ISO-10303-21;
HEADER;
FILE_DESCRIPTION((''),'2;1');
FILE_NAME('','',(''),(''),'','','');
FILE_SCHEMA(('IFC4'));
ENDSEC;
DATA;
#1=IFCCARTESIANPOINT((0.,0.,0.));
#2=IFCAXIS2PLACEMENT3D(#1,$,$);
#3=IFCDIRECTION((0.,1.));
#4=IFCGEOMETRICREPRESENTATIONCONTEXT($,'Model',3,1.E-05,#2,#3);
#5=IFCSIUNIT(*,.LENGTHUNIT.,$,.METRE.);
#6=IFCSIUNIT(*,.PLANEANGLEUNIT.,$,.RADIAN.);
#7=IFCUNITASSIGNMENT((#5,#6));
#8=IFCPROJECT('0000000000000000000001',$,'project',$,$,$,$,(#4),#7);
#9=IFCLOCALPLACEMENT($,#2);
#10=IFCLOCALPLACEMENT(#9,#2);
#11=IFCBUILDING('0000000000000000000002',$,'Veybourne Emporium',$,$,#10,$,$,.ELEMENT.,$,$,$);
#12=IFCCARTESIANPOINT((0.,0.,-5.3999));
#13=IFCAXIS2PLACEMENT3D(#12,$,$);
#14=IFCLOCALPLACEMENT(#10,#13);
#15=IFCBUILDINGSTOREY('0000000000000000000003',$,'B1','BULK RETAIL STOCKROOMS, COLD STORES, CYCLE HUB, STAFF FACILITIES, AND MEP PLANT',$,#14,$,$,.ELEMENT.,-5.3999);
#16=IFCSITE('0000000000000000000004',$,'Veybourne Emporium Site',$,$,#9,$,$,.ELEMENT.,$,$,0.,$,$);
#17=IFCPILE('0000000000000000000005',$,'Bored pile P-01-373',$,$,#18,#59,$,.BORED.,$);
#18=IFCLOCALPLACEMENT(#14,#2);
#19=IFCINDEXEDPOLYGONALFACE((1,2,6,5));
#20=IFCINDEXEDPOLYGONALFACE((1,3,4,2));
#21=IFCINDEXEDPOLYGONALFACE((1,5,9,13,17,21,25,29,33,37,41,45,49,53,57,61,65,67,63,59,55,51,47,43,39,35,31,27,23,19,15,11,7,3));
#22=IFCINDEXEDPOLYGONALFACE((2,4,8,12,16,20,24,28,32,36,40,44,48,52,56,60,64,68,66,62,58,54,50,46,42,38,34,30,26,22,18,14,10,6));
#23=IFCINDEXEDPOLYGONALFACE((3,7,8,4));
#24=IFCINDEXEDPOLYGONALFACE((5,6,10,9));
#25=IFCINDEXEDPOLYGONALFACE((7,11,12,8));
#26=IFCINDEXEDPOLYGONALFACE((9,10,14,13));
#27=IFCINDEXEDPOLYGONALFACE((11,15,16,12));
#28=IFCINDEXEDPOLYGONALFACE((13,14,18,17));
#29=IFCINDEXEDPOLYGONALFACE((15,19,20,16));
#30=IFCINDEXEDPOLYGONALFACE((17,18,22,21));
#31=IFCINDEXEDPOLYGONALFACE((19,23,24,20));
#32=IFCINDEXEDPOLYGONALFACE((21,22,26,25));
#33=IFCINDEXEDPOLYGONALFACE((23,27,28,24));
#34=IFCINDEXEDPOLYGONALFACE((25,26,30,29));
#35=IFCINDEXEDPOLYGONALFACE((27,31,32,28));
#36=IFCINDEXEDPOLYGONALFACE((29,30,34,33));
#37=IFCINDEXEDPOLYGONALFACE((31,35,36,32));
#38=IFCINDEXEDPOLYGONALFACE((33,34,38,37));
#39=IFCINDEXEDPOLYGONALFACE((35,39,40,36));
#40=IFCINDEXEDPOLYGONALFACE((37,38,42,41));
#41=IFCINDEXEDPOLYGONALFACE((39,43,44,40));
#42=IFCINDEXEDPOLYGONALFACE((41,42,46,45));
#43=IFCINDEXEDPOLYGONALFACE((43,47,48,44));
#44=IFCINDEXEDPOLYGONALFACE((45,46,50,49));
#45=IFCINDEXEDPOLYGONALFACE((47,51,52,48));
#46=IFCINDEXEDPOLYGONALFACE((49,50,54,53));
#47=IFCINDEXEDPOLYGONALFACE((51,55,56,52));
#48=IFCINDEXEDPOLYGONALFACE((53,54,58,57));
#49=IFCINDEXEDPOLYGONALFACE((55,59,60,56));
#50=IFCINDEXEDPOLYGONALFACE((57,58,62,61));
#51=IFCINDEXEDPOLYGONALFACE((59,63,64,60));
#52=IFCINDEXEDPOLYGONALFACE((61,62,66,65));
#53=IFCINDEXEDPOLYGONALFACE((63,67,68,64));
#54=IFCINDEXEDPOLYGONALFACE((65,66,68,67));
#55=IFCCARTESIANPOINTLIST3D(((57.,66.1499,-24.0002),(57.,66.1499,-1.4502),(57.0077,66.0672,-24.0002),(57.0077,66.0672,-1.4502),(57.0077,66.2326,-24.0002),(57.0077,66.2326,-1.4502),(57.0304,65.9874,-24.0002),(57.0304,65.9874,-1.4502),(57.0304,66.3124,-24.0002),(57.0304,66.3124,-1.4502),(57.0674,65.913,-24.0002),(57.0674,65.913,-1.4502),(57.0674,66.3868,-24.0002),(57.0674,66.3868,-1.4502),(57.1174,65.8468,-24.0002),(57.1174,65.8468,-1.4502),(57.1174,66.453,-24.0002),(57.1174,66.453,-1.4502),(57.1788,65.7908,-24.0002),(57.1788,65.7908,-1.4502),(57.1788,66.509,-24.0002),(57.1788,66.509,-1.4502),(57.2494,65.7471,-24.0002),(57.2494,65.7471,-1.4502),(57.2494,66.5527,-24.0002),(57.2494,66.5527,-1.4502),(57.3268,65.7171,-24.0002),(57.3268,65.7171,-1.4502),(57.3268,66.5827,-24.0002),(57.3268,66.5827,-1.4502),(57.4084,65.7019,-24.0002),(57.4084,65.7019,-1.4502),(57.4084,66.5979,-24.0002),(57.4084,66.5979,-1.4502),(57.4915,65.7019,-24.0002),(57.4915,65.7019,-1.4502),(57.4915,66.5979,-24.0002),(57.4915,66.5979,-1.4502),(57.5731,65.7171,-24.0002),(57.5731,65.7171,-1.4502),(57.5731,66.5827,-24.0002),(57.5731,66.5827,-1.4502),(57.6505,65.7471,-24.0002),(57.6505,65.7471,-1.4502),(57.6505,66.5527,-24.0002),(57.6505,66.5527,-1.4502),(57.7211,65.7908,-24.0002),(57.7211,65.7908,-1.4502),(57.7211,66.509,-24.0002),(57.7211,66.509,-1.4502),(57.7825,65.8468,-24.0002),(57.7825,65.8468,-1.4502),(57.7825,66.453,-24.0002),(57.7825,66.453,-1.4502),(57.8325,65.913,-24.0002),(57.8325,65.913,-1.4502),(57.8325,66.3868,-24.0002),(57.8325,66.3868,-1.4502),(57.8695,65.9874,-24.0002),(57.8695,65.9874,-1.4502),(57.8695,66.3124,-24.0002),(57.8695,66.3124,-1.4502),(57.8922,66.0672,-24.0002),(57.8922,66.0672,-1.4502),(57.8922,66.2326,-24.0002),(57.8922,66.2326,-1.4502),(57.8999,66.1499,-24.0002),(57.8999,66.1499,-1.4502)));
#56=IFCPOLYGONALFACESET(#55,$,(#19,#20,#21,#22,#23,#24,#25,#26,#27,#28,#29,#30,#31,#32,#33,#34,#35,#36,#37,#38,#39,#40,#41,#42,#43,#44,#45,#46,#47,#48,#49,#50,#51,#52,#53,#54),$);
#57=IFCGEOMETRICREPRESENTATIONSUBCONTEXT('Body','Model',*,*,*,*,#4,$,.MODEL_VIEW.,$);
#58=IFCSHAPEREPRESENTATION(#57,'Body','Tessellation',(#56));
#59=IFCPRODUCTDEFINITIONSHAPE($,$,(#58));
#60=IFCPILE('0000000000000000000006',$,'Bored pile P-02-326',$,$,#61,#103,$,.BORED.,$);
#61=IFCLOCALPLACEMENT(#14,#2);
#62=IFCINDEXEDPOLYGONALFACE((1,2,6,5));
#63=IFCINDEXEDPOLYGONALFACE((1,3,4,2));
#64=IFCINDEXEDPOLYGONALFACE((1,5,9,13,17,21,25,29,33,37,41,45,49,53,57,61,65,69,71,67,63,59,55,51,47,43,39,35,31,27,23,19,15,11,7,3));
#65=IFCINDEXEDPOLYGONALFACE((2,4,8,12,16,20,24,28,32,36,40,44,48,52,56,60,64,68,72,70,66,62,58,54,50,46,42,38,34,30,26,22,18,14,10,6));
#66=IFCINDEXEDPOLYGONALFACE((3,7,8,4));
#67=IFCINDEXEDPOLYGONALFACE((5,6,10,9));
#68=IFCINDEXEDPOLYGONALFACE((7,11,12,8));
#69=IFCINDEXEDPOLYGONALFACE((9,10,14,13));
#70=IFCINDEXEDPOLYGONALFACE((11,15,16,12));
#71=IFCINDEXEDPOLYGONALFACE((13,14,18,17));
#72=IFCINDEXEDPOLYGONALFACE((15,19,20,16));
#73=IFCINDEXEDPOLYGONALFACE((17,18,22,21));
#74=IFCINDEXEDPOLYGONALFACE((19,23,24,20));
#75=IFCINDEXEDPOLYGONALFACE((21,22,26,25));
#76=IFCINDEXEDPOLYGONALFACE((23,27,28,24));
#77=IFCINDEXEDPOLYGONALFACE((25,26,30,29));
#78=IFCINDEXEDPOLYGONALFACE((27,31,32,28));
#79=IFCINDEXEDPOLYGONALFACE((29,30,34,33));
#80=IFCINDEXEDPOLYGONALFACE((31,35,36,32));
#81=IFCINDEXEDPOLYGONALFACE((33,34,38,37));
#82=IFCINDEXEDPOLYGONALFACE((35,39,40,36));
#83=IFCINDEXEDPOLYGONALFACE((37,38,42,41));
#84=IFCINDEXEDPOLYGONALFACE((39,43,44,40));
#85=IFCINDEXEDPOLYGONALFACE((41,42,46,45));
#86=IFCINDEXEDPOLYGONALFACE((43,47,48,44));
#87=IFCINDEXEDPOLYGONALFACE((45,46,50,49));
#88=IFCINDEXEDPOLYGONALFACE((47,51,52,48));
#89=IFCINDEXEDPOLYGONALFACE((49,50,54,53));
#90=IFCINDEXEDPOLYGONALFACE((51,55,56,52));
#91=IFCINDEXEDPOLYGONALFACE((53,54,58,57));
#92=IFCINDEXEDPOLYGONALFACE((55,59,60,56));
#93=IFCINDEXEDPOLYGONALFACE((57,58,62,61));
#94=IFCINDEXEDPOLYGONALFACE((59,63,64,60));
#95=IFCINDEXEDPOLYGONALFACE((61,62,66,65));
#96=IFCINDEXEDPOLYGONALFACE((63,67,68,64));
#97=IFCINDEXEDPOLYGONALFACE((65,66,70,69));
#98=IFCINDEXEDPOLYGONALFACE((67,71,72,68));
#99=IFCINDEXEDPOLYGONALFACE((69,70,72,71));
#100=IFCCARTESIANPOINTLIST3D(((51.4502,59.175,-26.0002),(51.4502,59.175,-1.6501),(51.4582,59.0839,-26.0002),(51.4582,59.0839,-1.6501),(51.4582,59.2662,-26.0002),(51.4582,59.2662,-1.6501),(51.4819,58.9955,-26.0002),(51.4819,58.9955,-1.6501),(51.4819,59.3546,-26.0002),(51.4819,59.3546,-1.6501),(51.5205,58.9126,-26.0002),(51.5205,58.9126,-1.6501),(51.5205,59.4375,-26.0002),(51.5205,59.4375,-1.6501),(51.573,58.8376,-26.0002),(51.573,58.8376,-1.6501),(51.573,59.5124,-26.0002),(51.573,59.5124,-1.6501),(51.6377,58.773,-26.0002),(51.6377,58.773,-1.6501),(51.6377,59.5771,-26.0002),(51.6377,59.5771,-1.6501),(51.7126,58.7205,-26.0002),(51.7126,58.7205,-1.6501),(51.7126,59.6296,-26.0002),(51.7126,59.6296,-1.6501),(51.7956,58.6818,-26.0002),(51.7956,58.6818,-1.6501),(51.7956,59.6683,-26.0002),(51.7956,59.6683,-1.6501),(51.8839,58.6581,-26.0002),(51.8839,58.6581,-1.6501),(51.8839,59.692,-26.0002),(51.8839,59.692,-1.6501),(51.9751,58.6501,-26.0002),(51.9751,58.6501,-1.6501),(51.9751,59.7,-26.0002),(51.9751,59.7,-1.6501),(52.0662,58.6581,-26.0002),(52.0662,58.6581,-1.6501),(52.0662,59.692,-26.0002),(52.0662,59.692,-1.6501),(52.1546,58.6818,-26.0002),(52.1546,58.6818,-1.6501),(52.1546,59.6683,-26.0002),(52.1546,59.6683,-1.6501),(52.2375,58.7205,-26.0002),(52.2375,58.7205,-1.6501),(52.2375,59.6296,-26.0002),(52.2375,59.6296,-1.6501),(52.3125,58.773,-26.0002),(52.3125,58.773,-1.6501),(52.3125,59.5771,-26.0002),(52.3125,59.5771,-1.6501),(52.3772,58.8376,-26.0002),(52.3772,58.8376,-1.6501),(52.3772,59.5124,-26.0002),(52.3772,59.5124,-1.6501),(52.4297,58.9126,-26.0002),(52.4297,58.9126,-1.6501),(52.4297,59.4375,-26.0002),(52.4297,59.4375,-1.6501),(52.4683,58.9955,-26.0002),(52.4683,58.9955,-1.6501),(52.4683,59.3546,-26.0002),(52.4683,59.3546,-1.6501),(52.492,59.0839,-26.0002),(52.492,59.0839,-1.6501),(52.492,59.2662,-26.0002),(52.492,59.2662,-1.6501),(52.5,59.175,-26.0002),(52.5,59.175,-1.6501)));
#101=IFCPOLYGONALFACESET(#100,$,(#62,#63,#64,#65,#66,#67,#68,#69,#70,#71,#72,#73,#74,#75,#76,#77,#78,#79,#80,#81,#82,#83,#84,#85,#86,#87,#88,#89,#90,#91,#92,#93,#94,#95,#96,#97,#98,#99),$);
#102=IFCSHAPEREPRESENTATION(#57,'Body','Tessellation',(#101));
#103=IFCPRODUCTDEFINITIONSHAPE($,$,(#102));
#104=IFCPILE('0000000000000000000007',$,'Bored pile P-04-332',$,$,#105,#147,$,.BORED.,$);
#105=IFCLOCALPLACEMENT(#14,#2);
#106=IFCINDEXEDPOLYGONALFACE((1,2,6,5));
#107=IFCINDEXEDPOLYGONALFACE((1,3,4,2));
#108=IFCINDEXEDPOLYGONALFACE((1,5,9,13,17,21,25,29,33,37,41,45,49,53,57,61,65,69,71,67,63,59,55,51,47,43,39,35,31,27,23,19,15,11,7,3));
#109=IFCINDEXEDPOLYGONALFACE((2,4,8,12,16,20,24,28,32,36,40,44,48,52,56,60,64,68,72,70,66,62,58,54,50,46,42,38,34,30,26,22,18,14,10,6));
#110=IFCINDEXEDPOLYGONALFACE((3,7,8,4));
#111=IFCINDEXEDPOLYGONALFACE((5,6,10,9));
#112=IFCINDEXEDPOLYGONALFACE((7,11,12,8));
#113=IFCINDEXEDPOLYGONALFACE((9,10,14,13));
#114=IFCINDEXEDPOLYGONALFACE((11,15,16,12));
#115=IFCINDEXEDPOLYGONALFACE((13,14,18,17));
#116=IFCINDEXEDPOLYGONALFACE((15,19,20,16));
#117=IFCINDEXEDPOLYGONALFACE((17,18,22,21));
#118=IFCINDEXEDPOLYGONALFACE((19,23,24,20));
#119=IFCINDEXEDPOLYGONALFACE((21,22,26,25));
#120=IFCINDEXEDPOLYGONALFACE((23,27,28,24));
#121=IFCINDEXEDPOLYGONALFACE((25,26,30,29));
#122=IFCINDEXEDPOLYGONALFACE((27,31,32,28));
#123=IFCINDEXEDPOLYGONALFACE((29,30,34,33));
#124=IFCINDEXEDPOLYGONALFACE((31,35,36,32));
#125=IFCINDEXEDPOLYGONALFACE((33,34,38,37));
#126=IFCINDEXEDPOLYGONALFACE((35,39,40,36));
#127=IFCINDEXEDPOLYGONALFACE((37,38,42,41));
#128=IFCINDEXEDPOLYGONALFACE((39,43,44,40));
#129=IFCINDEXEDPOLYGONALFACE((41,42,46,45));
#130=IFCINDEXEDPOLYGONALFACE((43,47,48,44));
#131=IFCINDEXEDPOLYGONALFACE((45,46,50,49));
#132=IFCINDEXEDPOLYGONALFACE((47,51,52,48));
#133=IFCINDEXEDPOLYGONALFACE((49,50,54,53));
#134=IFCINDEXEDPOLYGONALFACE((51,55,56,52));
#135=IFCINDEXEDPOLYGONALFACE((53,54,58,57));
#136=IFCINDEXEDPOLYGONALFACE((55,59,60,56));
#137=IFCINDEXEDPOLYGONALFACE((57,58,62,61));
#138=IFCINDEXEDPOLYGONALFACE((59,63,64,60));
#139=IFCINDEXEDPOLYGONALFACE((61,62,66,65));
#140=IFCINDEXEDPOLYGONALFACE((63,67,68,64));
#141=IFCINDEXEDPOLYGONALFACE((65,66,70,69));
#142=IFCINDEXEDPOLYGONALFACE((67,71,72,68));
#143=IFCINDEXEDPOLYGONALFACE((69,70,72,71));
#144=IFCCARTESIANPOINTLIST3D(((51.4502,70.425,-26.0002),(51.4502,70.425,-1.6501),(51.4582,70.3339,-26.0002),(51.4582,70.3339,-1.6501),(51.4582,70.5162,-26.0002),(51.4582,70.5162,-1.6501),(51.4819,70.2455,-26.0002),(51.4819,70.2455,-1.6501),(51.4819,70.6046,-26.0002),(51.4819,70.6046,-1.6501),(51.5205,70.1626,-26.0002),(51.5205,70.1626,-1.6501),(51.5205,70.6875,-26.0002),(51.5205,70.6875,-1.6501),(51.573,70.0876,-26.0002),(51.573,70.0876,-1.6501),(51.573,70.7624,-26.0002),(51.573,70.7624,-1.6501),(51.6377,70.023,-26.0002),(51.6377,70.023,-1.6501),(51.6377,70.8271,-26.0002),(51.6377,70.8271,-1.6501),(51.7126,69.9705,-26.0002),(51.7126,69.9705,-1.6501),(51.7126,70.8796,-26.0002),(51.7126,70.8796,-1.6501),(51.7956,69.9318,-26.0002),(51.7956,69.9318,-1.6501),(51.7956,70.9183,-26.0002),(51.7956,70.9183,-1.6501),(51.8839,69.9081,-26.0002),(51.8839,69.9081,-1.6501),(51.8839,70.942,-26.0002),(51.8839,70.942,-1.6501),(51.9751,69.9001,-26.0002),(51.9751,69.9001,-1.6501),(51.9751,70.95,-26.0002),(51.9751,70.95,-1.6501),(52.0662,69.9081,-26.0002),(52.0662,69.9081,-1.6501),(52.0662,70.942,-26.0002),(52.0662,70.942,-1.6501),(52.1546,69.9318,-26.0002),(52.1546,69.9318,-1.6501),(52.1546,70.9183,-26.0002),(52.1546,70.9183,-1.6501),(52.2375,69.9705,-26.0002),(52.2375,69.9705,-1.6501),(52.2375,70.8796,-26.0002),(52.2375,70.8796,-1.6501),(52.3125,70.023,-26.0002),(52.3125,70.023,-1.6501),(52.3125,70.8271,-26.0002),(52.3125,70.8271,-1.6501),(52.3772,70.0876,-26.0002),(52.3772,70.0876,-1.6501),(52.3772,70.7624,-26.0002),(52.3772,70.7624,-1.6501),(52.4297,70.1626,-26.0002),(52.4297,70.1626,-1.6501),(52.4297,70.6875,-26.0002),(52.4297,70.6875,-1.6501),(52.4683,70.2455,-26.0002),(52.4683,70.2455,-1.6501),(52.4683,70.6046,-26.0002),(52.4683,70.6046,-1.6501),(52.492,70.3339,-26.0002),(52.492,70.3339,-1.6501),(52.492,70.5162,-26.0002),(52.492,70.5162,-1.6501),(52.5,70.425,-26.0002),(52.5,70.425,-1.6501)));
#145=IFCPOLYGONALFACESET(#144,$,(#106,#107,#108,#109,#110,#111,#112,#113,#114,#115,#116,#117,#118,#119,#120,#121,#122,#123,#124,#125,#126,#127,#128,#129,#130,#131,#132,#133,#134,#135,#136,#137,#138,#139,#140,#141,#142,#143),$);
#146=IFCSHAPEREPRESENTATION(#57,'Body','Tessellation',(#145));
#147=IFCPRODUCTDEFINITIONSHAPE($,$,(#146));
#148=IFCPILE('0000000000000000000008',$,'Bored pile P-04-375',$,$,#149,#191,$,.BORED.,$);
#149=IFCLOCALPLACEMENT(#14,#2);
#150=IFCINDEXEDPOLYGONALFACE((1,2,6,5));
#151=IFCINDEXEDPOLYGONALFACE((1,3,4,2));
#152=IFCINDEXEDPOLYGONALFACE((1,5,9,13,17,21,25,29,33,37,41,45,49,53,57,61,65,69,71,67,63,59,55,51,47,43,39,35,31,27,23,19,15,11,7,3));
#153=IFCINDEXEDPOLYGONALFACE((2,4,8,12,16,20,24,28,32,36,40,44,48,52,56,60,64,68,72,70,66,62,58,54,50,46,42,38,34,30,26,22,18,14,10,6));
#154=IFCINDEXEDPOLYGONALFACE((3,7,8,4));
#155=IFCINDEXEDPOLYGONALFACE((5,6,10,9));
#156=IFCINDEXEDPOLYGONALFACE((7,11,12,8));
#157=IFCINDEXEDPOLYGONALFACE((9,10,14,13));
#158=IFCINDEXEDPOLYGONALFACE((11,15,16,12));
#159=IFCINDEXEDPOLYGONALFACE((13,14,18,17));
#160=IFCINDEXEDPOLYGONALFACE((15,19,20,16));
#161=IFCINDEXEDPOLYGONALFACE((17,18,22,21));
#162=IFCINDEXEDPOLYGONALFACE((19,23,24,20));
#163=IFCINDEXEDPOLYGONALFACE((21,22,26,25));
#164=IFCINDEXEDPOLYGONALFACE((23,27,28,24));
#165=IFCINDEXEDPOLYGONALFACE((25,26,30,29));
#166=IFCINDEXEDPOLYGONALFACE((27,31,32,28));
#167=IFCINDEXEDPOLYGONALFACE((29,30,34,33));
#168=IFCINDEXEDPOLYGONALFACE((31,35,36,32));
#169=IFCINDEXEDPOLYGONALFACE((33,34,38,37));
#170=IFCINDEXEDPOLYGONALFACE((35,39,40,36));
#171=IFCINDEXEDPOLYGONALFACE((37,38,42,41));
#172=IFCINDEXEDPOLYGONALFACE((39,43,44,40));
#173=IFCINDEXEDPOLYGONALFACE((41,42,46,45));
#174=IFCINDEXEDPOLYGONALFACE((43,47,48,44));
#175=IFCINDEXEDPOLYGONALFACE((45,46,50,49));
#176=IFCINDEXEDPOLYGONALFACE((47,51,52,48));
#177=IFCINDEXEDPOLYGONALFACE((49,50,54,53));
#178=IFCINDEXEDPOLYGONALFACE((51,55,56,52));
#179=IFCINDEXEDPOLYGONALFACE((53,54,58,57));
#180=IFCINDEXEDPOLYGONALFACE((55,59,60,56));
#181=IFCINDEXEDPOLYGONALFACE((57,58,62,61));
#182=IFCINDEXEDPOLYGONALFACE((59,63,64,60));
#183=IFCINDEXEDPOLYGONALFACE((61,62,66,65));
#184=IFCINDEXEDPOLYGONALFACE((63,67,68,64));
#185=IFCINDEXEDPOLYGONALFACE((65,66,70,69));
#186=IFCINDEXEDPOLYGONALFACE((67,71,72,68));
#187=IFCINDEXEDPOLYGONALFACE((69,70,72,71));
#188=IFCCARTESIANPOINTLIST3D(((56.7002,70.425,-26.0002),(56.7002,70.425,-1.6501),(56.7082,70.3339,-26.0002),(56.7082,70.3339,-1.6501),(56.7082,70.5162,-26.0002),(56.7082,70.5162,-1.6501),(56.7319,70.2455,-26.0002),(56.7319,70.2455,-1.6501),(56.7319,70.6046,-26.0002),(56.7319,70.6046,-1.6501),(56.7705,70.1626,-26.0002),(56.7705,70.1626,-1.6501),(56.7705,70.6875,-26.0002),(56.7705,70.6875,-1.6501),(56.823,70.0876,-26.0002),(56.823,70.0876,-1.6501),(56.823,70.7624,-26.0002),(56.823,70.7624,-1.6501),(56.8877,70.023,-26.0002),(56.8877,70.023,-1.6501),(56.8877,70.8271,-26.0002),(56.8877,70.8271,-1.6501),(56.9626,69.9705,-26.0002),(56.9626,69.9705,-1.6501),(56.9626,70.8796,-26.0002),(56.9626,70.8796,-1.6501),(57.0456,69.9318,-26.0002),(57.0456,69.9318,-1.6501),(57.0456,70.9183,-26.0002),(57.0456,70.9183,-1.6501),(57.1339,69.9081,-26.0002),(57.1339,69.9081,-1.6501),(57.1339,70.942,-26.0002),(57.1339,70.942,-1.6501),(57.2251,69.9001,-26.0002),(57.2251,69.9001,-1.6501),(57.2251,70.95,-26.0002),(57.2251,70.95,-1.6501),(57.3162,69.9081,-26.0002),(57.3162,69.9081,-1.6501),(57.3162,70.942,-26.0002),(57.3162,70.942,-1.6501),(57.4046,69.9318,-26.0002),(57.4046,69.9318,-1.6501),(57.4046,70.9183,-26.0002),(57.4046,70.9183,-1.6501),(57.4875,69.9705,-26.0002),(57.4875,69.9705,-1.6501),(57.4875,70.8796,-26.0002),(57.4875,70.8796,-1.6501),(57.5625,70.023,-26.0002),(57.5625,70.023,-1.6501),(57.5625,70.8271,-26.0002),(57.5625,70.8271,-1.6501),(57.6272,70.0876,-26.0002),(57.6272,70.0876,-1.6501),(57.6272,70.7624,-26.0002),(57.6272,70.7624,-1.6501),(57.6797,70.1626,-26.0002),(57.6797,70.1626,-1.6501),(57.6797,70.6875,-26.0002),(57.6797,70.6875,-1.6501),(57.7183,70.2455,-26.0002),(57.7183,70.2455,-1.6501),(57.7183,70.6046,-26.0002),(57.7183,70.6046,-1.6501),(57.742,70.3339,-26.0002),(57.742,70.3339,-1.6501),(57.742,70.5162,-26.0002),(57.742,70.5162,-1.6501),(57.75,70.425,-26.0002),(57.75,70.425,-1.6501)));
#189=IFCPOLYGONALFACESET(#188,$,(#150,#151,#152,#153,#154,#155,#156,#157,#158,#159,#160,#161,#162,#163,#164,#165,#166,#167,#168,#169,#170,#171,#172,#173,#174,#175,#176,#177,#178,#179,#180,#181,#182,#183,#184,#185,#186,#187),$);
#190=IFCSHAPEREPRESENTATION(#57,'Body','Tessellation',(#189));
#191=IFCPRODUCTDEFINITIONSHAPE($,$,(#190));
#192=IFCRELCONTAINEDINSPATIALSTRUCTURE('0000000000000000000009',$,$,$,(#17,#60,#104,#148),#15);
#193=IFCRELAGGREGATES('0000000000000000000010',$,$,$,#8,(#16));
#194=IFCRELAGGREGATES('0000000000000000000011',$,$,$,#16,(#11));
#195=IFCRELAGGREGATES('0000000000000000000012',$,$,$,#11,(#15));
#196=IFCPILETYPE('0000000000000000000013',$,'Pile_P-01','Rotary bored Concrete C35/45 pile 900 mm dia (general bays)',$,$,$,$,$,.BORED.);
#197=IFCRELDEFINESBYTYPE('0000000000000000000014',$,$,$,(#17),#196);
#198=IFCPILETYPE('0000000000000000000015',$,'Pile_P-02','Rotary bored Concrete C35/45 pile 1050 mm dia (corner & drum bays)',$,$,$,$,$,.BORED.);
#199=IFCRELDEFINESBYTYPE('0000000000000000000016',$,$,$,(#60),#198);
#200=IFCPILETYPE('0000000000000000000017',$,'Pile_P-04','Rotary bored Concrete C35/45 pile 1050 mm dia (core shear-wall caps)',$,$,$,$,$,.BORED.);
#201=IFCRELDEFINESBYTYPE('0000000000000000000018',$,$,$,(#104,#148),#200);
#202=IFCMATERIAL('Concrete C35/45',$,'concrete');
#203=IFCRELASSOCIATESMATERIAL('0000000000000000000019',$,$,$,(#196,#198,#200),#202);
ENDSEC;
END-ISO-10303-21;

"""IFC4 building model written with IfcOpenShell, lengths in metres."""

from ifc_helpers import new_model, si_unit, direction, frame, origin, origin_2d, place, context, subcontext, project, spatial, circle, extrude, material, material_profile, profile_set, type_object, element, save


model = new_model("IFC4")

# Units and contexts
model_context = context("Model", 3, precision=1e-05, world=origin(), true_north=direction((0.0, 1.0)))
body_context = subcontext(model_context, "Body", "Model", "MODEL_VIEW")
ifc_project = project(units=[si_unit("LENGTHUNIT", "METRE"), si_unit("PLANEANGLEUNIT", "RADIAN")], contexts=[model_context])

# Site, building, storey
site_placement = place(None, origin())
site = spatial("IfcSite", under=ifc_project, at=site_placement, Name="Veybourne Emporium Site", CompositionType="ELEMENT", RefElevation=0.0)
building_placement = place(site_placement, origin())
building = spatial("IfcBuilding", under=site, at=building_placement, Name="Veybourne Emporium", CompositionType="ELEMENT")
storey_placement = place(building_placement, frame((0.0, 0.0, -5.3999)))
storey = spatial("IfcBuildingStorey", under=building, at=storey_placement, Name="B1", Description="BULK RETAIL STOCKROOMS, COLD STORES, CYCLE HUB, STAFF FACILITIES, AND MEP PLANT", CompositionType="ELEMENT", Elevation=-5.3999)

# Shared definitions
ifc_material_1 = material(Name="Concrete C35/45", Category="concrete")

# Piles
ifc_material_profile_1 = material_profile(ifc_material_1, circle(Radius=0.45, at=origin_2d()), Name="BORED PILE 900")
ifc_profile_set_1 = profile_set([ifc_material_profile_1], Name="Concrete C35/45")
pile_type_1 = type_object("IfcPileType", Name="Pile_P-01", Description="Rotary bored Concrete C35/45 pile 900 mm dia (general bays)", PredefinedType="BORED", material=ifc_profile_set_1)
for number, where, z_axis, x_axis, name in (
    (1, (57.45, 66.1499, -1.4502), (0.0, 0.0, -1.0), (1.0, 0.0, 0.0), "Bored pile P-01-373"),
):
    element("IfcPile", number, at=place(storey_placement, frame(where, z_axis=z_axis, x_axis=x_axis)), inside=storey, type_object=pile_type_1, Name=name, PredefinedType="BORED", context=body_context, shape_type="SweptSolid", body=[
        extrude(circle(Radius=0.45, at=origin_2d()), origin(), (0.0, 0.0, 1.0), 22.55),
    ])
ifc_material_profile_2 = material_profile(ifc_material_1, circle(Radius=0.5249, at=origin_2d()), Name="BORED PILE 1050")
ifc_profile_set_2 = profile_set([ifc_material_profile_2], Name="Concrete C35/45")
pile_type_2 = type_object("IfcPileType", Name="Pile_P-02", Description="Rotary bored Concrete C35/45 pile 1050 mm dia (corner & drum bays)", PredefinedType="BORED", material=ifc_profile_set_2)
pile_placement = place(storey_placement, frame((51.9751, 59.175, -1.6501), z_axis=(0.0, 0.0, -1.0), x_axis=(1.0, 0.0, 0.0)))
element("IfcPile", 2, at=pile_placement, inside=storey, type_object=pile_type_2, Name="Bored pile P-02-326", PredefinedType="BORED", context=body_context, shape_type="SweptSolid", body=[
    extrude(circle(Radius=0.5249, at=origin_2d()), origin(), (0.0, 0.0, 1.0), 24.3501),
])
ifc_material_profile_3 = material_profile(ifc_material_1, circle(Radius=0.5249, at=origin_2d()), Name="BORED PILE 1050")
ifc_profile_set_3 = profile_set([ifc_material_profile_3], Name="Concrete C35/45")
pile_type_3 = type_object("IfcPileType", Name="Pile_P-04", Description="Rotary bored Concrete C35/45 pile 1050 mm dia (core shear-wall caps)", PredefinedType="BORED", material=ifc_profile_set_3)
for number, where, z_axis, x_axis, name in (
    (3, (51.9751, 70.425, -1.6501), (0.0, 0.0, -1.0), (1.0, 0.0, 0.0), "Bored pile P-04-332"),
    (4, (57.2251, 70.425, -1.6501), (0.0, 0.0, -1.0), (1.0, 0.0, 0.0), "Bored pile P-04-375"),
):
    element("IfcPile", number, at=place(storey_placement, frame(where, z_axis=z_axis, x_axis=x_axis)), inside=storey, type_object=pile_type_3, Name=name, PredefinedType="BORED", context=body_context, shape_type="SweptSolid", body=[
        extrude(circle(Radius=0.5249, at=origin_2d()), origin(), (0.0, 0.0, 1.0), 24.3501),
    ])

save(model, "model.ifc")
